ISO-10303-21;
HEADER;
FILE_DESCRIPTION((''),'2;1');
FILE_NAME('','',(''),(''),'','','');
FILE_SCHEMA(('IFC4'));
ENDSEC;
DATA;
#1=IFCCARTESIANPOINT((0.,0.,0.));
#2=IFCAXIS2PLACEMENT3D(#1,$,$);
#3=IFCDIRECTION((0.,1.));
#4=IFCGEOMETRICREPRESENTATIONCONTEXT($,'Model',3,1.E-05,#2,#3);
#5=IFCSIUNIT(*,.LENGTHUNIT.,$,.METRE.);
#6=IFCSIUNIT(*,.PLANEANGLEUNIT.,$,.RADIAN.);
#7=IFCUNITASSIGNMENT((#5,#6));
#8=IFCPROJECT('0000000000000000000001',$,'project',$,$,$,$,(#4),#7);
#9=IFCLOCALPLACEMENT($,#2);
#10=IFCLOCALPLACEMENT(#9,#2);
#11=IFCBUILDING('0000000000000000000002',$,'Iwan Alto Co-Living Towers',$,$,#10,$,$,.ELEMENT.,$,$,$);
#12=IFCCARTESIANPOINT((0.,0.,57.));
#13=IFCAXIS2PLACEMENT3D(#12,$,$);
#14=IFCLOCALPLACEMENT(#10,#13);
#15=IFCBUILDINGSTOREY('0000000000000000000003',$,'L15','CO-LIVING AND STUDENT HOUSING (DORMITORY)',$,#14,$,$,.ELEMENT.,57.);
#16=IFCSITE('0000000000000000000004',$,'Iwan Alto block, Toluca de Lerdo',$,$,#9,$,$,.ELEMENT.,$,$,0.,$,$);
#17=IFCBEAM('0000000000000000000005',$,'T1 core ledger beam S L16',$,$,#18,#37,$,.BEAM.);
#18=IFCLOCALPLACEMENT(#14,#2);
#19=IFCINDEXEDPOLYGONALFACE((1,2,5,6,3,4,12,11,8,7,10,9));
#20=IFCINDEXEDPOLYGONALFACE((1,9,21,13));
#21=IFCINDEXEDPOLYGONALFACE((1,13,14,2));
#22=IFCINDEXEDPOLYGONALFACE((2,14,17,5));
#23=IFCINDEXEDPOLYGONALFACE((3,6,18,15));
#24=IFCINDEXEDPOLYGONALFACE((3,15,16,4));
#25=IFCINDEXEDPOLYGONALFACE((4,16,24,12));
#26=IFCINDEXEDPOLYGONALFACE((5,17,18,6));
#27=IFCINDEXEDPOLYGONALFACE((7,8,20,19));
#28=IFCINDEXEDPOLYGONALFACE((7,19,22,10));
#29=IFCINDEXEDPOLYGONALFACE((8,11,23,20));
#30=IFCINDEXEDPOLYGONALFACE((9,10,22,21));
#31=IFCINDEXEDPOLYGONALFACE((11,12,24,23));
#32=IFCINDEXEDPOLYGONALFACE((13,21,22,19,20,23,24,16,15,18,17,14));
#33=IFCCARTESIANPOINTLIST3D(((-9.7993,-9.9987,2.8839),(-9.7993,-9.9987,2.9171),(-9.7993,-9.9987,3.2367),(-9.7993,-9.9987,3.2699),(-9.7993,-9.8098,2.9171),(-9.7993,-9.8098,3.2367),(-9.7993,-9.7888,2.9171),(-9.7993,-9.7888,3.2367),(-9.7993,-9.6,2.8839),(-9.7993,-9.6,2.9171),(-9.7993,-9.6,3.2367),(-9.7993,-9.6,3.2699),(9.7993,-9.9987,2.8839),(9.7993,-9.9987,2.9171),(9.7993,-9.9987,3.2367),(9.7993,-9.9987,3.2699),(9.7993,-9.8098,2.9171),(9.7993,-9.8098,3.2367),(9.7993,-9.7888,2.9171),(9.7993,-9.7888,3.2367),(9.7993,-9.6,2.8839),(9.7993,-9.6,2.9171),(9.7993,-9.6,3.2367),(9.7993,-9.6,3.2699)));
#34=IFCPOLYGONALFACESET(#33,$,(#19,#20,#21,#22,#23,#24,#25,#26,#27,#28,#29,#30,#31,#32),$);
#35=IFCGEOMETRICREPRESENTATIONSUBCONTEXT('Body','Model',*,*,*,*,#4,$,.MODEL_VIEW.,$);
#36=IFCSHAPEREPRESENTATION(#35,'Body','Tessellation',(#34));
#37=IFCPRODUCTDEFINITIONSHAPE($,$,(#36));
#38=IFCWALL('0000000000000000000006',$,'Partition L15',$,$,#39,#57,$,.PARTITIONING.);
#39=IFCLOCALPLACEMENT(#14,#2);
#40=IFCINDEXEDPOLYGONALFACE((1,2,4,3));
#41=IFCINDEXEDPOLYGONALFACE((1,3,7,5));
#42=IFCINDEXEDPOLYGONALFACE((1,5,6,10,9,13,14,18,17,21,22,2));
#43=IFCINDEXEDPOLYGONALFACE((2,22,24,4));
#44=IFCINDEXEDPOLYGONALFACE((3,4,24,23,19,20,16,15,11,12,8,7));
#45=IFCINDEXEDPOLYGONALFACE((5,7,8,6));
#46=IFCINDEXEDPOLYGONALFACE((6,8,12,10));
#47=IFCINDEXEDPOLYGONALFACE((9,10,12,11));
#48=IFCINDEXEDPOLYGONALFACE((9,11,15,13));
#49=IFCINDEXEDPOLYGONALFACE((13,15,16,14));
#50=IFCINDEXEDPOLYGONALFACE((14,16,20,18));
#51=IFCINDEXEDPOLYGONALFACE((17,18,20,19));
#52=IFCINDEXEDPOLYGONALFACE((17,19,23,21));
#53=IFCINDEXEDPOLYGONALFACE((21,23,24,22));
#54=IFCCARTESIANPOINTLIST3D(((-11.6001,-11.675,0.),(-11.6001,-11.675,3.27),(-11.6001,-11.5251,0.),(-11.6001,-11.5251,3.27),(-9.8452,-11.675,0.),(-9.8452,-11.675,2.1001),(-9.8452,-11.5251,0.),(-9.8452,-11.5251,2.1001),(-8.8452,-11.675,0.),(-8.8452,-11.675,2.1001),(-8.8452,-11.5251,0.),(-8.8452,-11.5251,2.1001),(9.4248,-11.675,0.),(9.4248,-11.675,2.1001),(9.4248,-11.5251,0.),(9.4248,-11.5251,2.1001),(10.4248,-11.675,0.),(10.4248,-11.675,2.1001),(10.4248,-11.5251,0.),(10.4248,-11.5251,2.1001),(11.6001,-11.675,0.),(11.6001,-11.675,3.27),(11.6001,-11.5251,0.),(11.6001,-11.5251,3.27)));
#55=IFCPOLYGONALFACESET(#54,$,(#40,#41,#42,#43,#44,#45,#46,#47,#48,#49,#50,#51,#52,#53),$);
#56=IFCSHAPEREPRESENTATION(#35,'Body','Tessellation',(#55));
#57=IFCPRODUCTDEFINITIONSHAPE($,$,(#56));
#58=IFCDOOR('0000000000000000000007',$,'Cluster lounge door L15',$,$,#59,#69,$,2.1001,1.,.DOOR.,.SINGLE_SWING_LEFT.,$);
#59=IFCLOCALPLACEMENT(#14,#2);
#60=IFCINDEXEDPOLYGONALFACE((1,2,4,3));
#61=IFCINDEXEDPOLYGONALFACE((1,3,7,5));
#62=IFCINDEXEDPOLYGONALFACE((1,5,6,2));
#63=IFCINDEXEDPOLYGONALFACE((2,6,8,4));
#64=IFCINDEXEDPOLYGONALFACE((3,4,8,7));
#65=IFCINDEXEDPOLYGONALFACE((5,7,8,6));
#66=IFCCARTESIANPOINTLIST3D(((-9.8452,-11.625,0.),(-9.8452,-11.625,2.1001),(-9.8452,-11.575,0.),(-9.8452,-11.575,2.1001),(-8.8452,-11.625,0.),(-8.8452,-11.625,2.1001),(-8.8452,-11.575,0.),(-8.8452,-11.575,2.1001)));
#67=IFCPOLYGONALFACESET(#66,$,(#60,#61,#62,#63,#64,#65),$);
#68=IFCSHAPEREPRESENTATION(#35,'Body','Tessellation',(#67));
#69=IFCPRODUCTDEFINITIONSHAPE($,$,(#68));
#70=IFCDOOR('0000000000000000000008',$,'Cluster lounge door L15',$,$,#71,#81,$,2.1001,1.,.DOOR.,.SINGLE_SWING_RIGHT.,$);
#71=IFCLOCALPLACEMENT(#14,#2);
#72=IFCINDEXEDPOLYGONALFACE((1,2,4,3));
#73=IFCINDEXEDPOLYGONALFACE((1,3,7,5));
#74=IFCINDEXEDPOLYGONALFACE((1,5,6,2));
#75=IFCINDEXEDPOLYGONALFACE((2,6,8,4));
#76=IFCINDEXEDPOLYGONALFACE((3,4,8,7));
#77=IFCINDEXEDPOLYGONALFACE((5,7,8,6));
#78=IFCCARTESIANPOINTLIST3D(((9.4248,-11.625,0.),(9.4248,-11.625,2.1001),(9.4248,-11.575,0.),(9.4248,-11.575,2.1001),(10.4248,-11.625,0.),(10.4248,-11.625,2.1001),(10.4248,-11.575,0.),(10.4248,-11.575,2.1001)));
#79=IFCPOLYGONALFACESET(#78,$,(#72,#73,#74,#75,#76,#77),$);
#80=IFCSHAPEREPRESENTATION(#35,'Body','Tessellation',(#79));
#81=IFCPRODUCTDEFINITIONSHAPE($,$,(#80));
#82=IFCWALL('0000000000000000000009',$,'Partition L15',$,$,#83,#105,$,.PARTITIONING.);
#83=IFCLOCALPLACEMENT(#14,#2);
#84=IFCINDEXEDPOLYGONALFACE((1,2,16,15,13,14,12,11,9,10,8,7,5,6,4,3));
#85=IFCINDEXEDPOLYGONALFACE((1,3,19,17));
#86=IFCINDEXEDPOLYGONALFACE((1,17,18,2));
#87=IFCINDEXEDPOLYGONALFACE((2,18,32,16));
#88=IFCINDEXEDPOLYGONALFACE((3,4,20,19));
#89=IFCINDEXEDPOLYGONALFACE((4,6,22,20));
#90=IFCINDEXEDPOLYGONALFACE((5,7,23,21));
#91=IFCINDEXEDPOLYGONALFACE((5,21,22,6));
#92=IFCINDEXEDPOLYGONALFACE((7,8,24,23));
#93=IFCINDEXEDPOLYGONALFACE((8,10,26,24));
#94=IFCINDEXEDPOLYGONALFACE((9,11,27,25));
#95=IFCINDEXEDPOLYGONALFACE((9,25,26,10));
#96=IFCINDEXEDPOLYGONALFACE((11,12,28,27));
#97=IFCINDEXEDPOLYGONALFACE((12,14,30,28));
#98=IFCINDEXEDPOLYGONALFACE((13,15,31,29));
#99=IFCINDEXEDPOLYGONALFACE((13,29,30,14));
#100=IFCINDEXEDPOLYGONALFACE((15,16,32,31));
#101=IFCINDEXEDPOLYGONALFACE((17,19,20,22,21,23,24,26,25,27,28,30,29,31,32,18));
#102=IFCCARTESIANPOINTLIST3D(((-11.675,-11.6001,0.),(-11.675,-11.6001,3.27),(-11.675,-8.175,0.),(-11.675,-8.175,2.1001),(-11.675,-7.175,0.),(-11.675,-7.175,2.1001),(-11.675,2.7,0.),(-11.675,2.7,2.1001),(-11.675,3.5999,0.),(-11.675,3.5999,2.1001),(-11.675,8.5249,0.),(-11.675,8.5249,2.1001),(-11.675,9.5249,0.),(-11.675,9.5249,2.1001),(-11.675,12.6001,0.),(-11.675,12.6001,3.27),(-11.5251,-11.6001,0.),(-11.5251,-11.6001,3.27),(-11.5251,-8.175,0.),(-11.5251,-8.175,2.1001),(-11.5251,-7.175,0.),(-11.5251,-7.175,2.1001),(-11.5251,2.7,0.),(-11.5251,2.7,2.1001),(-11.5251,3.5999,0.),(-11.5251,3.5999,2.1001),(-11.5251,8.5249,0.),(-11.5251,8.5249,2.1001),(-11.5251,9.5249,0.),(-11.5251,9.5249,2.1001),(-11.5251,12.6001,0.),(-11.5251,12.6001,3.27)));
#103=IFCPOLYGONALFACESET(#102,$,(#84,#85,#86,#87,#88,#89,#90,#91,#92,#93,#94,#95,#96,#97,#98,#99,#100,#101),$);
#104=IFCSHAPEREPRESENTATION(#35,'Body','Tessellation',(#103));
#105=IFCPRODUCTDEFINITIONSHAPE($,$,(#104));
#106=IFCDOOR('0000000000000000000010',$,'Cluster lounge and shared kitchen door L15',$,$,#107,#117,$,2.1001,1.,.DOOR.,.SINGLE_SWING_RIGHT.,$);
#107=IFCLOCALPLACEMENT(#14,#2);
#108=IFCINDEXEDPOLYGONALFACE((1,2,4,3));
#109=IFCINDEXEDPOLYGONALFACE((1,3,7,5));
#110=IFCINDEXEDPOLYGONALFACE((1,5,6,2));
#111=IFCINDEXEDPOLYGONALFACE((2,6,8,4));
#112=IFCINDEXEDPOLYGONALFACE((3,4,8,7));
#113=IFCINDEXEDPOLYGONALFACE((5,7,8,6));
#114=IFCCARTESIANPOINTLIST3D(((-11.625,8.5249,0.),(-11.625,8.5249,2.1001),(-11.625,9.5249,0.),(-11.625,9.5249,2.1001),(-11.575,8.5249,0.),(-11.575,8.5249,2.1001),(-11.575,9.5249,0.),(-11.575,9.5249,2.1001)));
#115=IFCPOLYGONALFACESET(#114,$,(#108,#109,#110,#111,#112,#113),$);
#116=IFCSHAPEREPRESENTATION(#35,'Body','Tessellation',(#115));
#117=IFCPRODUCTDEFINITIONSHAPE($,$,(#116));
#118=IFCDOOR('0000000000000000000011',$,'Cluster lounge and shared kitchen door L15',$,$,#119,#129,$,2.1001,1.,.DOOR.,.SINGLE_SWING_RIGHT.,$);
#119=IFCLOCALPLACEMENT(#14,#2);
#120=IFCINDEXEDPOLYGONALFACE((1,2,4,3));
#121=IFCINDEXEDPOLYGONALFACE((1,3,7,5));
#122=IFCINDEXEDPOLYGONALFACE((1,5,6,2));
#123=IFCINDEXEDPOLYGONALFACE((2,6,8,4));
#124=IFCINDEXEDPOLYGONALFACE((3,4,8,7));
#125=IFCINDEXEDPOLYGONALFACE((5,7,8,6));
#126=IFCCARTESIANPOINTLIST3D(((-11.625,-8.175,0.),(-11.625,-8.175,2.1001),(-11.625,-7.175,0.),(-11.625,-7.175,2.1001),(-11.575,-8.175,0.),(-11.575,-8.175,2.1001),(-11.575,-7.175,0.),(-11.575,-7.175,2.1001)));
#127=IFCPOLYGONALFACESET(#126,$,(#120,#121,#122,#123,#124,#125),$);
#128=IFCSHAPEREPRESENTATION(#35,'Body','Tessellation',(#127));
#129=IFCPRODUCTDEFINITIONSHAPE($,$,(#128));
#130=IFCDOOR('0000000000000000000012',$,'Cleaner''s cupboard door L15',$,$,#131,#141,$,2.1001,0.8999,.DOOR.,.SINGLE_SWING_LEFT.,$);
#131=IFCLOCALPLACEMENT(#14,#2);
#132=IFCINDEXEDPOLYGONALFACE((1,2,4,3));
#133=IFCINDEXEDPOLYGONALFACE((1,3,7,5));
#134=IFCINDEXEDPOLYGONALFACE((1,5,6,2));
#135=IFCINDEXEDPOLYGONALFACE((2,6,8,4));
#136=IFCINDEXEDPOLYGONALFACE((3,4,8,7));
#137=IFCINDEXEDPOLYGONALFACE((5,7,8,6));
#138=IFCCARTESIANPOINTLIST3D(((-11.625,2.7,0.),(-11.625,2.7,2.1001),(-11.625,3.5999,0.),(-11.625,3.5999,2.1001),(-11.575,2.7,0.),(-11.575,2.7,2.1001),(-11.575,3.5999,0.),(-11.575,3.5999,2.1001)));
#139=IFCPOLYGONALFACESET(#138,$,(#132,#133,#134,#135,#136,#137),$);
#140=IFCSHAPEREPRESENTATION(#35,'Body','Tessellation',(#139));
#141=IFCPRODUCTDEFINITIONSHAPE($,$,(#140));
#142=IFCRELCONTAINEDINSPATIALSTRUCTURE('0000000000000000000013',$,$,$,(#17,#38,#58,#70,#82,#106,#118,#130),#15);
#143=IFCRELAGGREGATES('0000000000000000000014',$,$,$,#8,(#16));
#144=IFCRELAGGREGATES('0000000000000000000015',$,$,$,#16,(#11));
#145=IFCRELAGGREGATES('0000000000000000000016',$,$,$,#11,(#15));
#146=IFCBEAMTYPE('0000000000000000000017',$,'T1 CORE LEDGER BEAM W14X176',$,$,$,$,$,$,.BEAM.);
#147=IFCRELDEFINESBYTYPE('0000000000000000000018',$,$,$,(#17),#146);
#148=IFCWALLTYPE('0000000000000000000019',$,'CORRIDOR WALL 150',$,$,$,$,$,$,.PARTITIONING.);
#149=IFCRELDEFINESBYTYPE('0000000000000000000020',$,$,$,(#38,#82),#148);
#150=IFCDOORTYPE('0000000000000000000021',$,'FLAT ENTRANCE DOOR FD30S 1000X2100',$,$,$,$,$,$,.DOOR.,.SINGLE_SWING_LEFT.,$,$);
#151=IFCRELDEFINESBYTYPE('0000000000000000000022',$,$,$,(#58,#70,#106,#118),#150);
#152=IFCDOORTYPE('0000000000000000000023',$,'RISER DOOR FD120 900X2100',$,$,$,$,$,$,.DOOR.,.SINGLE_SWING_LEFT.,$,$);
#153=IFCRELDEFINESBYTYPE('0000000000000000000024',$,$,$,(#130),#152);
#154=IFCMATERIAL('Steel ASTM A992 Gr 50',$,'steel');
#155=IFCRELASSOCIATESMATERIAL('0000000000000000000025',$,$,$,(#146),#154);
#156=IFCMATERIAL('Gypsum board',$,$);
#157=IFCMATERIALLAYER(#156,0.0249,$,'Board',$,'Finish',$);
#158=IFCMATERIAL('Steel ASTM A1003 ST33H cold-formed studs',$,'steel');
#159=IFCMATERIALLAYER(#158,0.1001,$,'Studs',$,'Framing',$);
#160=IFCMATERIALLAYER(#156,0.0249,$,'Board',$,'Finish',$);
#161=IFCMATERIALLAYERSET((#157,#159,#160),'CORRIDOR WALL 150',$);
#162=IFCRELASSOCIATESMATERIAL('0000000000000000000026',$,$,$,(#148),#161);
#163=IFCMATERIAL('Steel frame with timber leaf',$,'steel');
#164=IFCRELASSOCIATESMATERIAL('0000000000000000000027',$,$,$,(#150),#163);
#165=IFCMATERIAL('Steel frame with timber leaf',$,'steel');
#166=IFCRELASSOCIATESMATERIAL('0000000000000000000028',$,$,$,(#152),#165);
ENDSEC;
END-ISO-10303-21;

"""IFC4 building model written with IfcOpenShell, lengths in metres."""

from ifc_helpers import new_model, si_unit, direction, frame, frame_2d, origin, origin_2d, place, context, subcontext, project, spatial, rectangle, i_section, extrude, material, layer, layer_set, material_profile, profile_set, type_object, element, fill, save


model = new_model("IFC4")

# Units and contexts
model_context = context("Model", 3, precision=1e-05, world=origin(), true_north=direction((0.0, 1.0)))
body_context = subcontext(model_context, "Body", "Model", "MODEL_VIEW")
ifc_project = project(units=[si_unit("LENGTHUNIT", "METRE"), si_unit("PLANEANGLEUNIT", "RADIAN")], contexts=[model_context])

# Site, building, storey
site_placement = place(None, origin())
site = spatial("IfcSite", under=ifc_project, at=site_placement, Name="Iwan Alto block, Toluca de Lerdo", CompositionType="ELEMENT", RefElevation=0.0)
building_placement = place(site_placement, origin())
building = spatial("IfcBuilding", under=site, at=building_placement, Name="Iwan Alto Co-Living Towers", CompositionType="ELEMENT")
storey_placement = place(building_placement, frame((0.0, 0.0, 57.0)))
storey = spatial("IfcBuildingStorey", under=building, at=storey_placement, Name="L15", Description="CO-LIVING AND STUDENT HOUSING (DORMITORY)", CompositionType="ELEMENT", Elevation=57.0)

# Beam
ifc_material_1 = material(Name="Steel ASTM A992 Gr 50", Category="steel")
ifc_material_profile = material_profile(ifc_material_1, i_section(OverallWidth=0.3987, OverallDepth=0.386, WebThickness=0.021, FlangeThickness=0.0332, at=origin_2d()), Name="W14X176")
ifc_profile_set = profile_set([ifc_material_profile], Name="Steel ASTM A992 Gr 50")
beam_type = type_object("IfcBeamType", Name="T1 CORE LEDGER BEAM W14X176", PredefinedType="BEAM", material=ifc_profile_set)
beam_placement = place(storey_placement, frame((-9.7993, -9.7993, 3.0769), z_axis=(1.0, 0.0, 0.0), x_axis=(0.0, 1.0, 0.0)))
element("IfcBeam", 1, at=beam_placement, inside=storey, type_object=beam_type, Name="T1 core ledger beam S L16", PredefinedType="BEAM", context=body_context, shape_type="SweptSolid", body=[
    extrude(i_section(OverallWidth=0.3987, OverallDepth=0.386, WebThickness=0.021, FlangeThickness=0.0332, at=origin_2d()), origin(), (0.0, 0.0, 1.0), 19.5986),
])

# Walls, openings, doors
ifc_material_2 = material(Name="Gypsum board")
ifc_layer_1 = layer(ifc_material_2, 0.0249, Name="Board", Category="Finish")
ifc_material_3 = material(Name="Steel ASTM A1003 ST33H cold-formed studs", Category="steel")
ifc_layer_2 = layer(ifc_material_3, 0.1001, Name="Studs", Category="Framing")
ifc_layer_3 = layer(ifc_material_2, 0.0249, Name="Board", Category="Finish")
ifc_layer_set_1 = layer_set([ifc_layer_1, ifc_layer_2, ifc_layer_3], Name="CORRIDOR WALL 150")
wall_type_1 = type_object("IfcWallType", Name="CORRIDOR WALL 150", PredefinedType="PARTITIONING", material=ifc_layer_set_1)
wall_1_placement = place(storey_placement, frame((-11.6001, -11.6001, 0.0), z_axis=(0.0, 0.0, 1.0), x_axis=(1.0, 0.0, 0.0)))
wall_1 = element("IfcWall", 2, at=wall_1_placement, inside=storey, type_object=wall_type_1, Name="Partition L15", PredefinedType="PARTITIONING", context=body_context, shape_type="SweptSolid", body=[
    extrude(rectangle(XDim=23.2002, YDim=0.1499, at=frame_2d((11.6001, 0.0))), origin(), (0.0, 0.0, 1.0), 3.27),
])
opening_1_placement = place(wall_1_placement, frame((1.7549, 0.0, 0.0)))
opening_1 = element("IfcOpeningElement", 3, at=opening_1_placement, cuts=wall_1, PredefinedType="OPENING", context=body_context, shape_type="SweptSolid", body=[
    extrude(rectangle(XDim=1.0, YDim=2.1001, at=frame_2d((0.5, 1.05))), frame((0.0, 0.085, 0.0), z_axis=(0.0, -1.0, 0.0), x_axis=(1.0, 0.0, 0.0)), (0.0, 0.0, 1.0), 0.1699),
])
opening_2_placement = place(wall_1_placement, frame((21.0249, 0.0, 0.0)))
opening_2 = element("IfcOpeningElement", 4, at=opening_2_placement, cuts=wall_1, PredefinedType="OPENING", context=body_context, shape_type="SweptSolid", body=[
    extrude(rectangle(XDim=1.0, YDim=2.1001, at=frame_2d((0.5, 1.05))), frame((0.0, 0.085, 0.0), z_axis=(0.0, -1.0, 0.0), x_axis=(1.0, 0.0, 0.0)), (0.0, 0.0, 1.0), 0.1699),
])
ifc_material_4 = material(Name="Steel frame with timber leaf", Category="steel")
door_type_1 = type_object("IfcDoorType", Name="FLAT ENTRANCE DOOR FD30S 1000X2100", OperationType="SINGLE_SWING_LEFT", PredefinedType="DOOR", material=ifc_material_4)
door_1_placement = place(opening_1_placement, frame((1.0, 0.0, 0.0), z_axis=(0.0, 0.0, 1.0), x_axis=(-1.0, 0.0, 0.0)))
door_1 = element("IfcDoor", 5, at=door_1_placement, inside=storey, type_object=door_type_1, Name="Cluster lounge door L15", OperationType="SINGLE_SWING_LEFT", OverallHeight=2.1001, OverallWidth=1.0, PredefinedType="DOOR", context=body_context, shape_type="SweptSolid", body=[
    extrude(rectangle(XDim=1.0, YDim=2.1001, at=frame_2d((0.5, 1.05))), frame((0.0, 0.0249, 0.0), z_axis=(0.0, -1.0, 0.0), x_axis=(1.0, 0.0, 0.0)), (0.0, 0.0, 1.0), 0.05),
])
fill(opening_1, door_1)
door_2_placement = place(opening_2_placement, frame((1.0, 0.0, 0.0), z_axis=(0.0, 0.0, 1.0), x_axis=(-1.0, 0.0, 0.0)))
door_2 = element("IfcDoor", 6, at=door_2_placement, inside=storey, type_object=door_type_1, Name="Cluster lounge door L15", OperationType="SINGLE_SWING_RIGHT", OverallHeight=2.1001, OverallWidth=1.0, PredefinedType="DOOR", context=body_context, shape_type="SweptSolid", body=[
    extrude(rectangle(XDim=1.0, YDim=2.1001, at=frame_2d((0.5, 1.05))), frame((0.0, 0.0249, 0.0), z_axis=(0.0, -1.0, 0.0), x_axis=(1.0, 0.0, 0.0)), (0.0, 0.0, 1.0), 0.05),
])
fill(opening_2, door_2)
wall_2_placement = place(storey_placement, frame((-11.6001, -11.6001, 0.0), z_axis=(0.0, 0.0, 1.0), x_axis=(0.0, 1.0, 0.0)))
wall_2 = element("IfcWall", 7, at=wall_2_placement, inside=storey, type_object=wall_type_1, Name="Partition L15", PredefinedType="PARTITIONING", context=body_context, shape_type="SweptSolid", body=[
    extrude(rectangle(XDim=24.2002, YDim=0.1499, at=frame_2d((12.1001, 0.0))), origin(), (0.0, 0.0, 1.0), 3.27),
])
opening_3_placement = place(wall_2_placement, frame((20.125, 0.0, 0.0)))
opening_3 = element("IfcOpeningElement", 8, at=opening_3_placement, cuts=wall_2, PredefinedType="OPENING", context=body_context, shape_type="SweptSolid", body=[
    extrude(rectangle(XDim=1.0, YDim=2.1001, at=frame_2d((0.5, 1.05))), frame((0.0, 0.085, 0.0), z_axis=(0.0, -1.0, 0.0), x_axis=(1.0, 0.0, 0.0)), (0.0, 0.0, 1.0), 0.1699),
])
opening_4_placement = place(wall_2_placement, frame((14.3, 0.0, 0.0)))
opening_4 = element("IfcOpeningElement", 9, at=opening_4_placement, cuts=wall_2, PredefinedType="OPENING", context=body_context, shape_type="SweptSolid", body=[
    extrude(rectangle(XDim=0.8999, YDim=2.1001, at=frame_2d((0.45, 1.05))), frame((0.0, 0.085, 0.0), z_axis=(0.0, -1.0, 0.0), x_axis=(1.0, 0.0, 0.0)), (0.0, 0.0, 1.0), 0.1699),
])
opening_5_placement = place(wall_2_placement, frame((3.425, 0.0, 0.0)))
opening_5 = element("IfcOpeningElement", 10, at=opening_5_placement, cuts=wall_2, PredefinedType="OPENING", context=body_context, shape_type="SweptSolid", body=[
    extrude(rectangle(XDim=1.0, YDim=2.1001, at=frame_2d((0.5, 1.05))), frame((0.0, 0.085, 0.0), z_axis=(0.0, -1.0, 0.0), x_axis=(1.0, 0.0, 0.0)), (0.0, 0.0, 1.0), 0.1699),
])
door_3_placement = place(opening_3_placement, origin())
door_3 = element("IfcDoor", 11, at=door_3_placement, inside=storey, type_object=door_type_1, Name="Cluster lounge and shared kitchen door L15", OperationType="SINGLE_SWING_RIGHT", OverallHeight=2.1001, OverallWidth=1.0, PredefinedType="DOOR", context=body_context, shape_type="SweptSolid", body=[
    extrude(rectangle(XDim=1.0, YDim=2.1001, at=frame_2d((0.5, 1.05))), frame((0.0, 0.0249, 0.0), z_axis=(0.0, -1.0, 0.0), x_axis=(1.0, 0.0, 0.0)), (0.0, 0.0, 1.0), 0.05),
])
fill(opening_3, door_3)
door_4_placement = place(opening_5_placement, origin())
door_4 = element("IfcDoor", 12, at=door_4_placement, inside=storey, type_object=door_type_1, Name="Cluster lounge and shared kitchen door L15", OperationType="SINGLE_SWING_RIGHT", OverallHeight=2.1001, OverallWidth=1.0, PredefinedType="DOOR", context=body_context, shape_type="SweptSolid", body=[
    extrude(rectangle(XDim=1.0, YDim=2.1001, at=frame_2d((0.5, 1.05))), frame((0.0, 0.0249, 0.0), z_axis=(0.0, -1.0, 0.0), x_axis=(1.0, 0.0, 0.0)), (0.0, 0.0, 1.0), 0.05),
])
fill(opening_5, door_4)
ifc_material_5 = material(Name="Steel frame with timber leaf", Category="steel")
door_type_2 = type_object("IfcDoorType", Name="RISER DOOR FD120 900X2100", OperationType="SINGLE_SWING_LEFT", PredefinedType="DOOR", material=ifc_material_5)
door_5_placement = place(opening_4_placement, origin())
door_5 = element("IfcDoor", 13, at=door_5_placement, inside=storey, type_object=door_type_2, Name="Cleaner's cupboard door L15", OperationType="SINGLE_SWING_LEFT", OverallHeight=2.1001, OverallWidth=0.8999, PredefinedType="DOOR", context=body_context, shape_type="SweptSolid", body=[
    extrude(rectangle(XDim=0.8999, YDim=2.1001, at=frame_2d((0.45, 1.05))), frame((0.0, 0.0249, 0.0), z_axis=(0.0, -1.0, 0.0), x_axis=(1.0, 0.0, 0.0)), (0.0, 0.0, 1.0), 0.05),
])
fill(opening_4, door_5)

save(model, "model.ifc")
